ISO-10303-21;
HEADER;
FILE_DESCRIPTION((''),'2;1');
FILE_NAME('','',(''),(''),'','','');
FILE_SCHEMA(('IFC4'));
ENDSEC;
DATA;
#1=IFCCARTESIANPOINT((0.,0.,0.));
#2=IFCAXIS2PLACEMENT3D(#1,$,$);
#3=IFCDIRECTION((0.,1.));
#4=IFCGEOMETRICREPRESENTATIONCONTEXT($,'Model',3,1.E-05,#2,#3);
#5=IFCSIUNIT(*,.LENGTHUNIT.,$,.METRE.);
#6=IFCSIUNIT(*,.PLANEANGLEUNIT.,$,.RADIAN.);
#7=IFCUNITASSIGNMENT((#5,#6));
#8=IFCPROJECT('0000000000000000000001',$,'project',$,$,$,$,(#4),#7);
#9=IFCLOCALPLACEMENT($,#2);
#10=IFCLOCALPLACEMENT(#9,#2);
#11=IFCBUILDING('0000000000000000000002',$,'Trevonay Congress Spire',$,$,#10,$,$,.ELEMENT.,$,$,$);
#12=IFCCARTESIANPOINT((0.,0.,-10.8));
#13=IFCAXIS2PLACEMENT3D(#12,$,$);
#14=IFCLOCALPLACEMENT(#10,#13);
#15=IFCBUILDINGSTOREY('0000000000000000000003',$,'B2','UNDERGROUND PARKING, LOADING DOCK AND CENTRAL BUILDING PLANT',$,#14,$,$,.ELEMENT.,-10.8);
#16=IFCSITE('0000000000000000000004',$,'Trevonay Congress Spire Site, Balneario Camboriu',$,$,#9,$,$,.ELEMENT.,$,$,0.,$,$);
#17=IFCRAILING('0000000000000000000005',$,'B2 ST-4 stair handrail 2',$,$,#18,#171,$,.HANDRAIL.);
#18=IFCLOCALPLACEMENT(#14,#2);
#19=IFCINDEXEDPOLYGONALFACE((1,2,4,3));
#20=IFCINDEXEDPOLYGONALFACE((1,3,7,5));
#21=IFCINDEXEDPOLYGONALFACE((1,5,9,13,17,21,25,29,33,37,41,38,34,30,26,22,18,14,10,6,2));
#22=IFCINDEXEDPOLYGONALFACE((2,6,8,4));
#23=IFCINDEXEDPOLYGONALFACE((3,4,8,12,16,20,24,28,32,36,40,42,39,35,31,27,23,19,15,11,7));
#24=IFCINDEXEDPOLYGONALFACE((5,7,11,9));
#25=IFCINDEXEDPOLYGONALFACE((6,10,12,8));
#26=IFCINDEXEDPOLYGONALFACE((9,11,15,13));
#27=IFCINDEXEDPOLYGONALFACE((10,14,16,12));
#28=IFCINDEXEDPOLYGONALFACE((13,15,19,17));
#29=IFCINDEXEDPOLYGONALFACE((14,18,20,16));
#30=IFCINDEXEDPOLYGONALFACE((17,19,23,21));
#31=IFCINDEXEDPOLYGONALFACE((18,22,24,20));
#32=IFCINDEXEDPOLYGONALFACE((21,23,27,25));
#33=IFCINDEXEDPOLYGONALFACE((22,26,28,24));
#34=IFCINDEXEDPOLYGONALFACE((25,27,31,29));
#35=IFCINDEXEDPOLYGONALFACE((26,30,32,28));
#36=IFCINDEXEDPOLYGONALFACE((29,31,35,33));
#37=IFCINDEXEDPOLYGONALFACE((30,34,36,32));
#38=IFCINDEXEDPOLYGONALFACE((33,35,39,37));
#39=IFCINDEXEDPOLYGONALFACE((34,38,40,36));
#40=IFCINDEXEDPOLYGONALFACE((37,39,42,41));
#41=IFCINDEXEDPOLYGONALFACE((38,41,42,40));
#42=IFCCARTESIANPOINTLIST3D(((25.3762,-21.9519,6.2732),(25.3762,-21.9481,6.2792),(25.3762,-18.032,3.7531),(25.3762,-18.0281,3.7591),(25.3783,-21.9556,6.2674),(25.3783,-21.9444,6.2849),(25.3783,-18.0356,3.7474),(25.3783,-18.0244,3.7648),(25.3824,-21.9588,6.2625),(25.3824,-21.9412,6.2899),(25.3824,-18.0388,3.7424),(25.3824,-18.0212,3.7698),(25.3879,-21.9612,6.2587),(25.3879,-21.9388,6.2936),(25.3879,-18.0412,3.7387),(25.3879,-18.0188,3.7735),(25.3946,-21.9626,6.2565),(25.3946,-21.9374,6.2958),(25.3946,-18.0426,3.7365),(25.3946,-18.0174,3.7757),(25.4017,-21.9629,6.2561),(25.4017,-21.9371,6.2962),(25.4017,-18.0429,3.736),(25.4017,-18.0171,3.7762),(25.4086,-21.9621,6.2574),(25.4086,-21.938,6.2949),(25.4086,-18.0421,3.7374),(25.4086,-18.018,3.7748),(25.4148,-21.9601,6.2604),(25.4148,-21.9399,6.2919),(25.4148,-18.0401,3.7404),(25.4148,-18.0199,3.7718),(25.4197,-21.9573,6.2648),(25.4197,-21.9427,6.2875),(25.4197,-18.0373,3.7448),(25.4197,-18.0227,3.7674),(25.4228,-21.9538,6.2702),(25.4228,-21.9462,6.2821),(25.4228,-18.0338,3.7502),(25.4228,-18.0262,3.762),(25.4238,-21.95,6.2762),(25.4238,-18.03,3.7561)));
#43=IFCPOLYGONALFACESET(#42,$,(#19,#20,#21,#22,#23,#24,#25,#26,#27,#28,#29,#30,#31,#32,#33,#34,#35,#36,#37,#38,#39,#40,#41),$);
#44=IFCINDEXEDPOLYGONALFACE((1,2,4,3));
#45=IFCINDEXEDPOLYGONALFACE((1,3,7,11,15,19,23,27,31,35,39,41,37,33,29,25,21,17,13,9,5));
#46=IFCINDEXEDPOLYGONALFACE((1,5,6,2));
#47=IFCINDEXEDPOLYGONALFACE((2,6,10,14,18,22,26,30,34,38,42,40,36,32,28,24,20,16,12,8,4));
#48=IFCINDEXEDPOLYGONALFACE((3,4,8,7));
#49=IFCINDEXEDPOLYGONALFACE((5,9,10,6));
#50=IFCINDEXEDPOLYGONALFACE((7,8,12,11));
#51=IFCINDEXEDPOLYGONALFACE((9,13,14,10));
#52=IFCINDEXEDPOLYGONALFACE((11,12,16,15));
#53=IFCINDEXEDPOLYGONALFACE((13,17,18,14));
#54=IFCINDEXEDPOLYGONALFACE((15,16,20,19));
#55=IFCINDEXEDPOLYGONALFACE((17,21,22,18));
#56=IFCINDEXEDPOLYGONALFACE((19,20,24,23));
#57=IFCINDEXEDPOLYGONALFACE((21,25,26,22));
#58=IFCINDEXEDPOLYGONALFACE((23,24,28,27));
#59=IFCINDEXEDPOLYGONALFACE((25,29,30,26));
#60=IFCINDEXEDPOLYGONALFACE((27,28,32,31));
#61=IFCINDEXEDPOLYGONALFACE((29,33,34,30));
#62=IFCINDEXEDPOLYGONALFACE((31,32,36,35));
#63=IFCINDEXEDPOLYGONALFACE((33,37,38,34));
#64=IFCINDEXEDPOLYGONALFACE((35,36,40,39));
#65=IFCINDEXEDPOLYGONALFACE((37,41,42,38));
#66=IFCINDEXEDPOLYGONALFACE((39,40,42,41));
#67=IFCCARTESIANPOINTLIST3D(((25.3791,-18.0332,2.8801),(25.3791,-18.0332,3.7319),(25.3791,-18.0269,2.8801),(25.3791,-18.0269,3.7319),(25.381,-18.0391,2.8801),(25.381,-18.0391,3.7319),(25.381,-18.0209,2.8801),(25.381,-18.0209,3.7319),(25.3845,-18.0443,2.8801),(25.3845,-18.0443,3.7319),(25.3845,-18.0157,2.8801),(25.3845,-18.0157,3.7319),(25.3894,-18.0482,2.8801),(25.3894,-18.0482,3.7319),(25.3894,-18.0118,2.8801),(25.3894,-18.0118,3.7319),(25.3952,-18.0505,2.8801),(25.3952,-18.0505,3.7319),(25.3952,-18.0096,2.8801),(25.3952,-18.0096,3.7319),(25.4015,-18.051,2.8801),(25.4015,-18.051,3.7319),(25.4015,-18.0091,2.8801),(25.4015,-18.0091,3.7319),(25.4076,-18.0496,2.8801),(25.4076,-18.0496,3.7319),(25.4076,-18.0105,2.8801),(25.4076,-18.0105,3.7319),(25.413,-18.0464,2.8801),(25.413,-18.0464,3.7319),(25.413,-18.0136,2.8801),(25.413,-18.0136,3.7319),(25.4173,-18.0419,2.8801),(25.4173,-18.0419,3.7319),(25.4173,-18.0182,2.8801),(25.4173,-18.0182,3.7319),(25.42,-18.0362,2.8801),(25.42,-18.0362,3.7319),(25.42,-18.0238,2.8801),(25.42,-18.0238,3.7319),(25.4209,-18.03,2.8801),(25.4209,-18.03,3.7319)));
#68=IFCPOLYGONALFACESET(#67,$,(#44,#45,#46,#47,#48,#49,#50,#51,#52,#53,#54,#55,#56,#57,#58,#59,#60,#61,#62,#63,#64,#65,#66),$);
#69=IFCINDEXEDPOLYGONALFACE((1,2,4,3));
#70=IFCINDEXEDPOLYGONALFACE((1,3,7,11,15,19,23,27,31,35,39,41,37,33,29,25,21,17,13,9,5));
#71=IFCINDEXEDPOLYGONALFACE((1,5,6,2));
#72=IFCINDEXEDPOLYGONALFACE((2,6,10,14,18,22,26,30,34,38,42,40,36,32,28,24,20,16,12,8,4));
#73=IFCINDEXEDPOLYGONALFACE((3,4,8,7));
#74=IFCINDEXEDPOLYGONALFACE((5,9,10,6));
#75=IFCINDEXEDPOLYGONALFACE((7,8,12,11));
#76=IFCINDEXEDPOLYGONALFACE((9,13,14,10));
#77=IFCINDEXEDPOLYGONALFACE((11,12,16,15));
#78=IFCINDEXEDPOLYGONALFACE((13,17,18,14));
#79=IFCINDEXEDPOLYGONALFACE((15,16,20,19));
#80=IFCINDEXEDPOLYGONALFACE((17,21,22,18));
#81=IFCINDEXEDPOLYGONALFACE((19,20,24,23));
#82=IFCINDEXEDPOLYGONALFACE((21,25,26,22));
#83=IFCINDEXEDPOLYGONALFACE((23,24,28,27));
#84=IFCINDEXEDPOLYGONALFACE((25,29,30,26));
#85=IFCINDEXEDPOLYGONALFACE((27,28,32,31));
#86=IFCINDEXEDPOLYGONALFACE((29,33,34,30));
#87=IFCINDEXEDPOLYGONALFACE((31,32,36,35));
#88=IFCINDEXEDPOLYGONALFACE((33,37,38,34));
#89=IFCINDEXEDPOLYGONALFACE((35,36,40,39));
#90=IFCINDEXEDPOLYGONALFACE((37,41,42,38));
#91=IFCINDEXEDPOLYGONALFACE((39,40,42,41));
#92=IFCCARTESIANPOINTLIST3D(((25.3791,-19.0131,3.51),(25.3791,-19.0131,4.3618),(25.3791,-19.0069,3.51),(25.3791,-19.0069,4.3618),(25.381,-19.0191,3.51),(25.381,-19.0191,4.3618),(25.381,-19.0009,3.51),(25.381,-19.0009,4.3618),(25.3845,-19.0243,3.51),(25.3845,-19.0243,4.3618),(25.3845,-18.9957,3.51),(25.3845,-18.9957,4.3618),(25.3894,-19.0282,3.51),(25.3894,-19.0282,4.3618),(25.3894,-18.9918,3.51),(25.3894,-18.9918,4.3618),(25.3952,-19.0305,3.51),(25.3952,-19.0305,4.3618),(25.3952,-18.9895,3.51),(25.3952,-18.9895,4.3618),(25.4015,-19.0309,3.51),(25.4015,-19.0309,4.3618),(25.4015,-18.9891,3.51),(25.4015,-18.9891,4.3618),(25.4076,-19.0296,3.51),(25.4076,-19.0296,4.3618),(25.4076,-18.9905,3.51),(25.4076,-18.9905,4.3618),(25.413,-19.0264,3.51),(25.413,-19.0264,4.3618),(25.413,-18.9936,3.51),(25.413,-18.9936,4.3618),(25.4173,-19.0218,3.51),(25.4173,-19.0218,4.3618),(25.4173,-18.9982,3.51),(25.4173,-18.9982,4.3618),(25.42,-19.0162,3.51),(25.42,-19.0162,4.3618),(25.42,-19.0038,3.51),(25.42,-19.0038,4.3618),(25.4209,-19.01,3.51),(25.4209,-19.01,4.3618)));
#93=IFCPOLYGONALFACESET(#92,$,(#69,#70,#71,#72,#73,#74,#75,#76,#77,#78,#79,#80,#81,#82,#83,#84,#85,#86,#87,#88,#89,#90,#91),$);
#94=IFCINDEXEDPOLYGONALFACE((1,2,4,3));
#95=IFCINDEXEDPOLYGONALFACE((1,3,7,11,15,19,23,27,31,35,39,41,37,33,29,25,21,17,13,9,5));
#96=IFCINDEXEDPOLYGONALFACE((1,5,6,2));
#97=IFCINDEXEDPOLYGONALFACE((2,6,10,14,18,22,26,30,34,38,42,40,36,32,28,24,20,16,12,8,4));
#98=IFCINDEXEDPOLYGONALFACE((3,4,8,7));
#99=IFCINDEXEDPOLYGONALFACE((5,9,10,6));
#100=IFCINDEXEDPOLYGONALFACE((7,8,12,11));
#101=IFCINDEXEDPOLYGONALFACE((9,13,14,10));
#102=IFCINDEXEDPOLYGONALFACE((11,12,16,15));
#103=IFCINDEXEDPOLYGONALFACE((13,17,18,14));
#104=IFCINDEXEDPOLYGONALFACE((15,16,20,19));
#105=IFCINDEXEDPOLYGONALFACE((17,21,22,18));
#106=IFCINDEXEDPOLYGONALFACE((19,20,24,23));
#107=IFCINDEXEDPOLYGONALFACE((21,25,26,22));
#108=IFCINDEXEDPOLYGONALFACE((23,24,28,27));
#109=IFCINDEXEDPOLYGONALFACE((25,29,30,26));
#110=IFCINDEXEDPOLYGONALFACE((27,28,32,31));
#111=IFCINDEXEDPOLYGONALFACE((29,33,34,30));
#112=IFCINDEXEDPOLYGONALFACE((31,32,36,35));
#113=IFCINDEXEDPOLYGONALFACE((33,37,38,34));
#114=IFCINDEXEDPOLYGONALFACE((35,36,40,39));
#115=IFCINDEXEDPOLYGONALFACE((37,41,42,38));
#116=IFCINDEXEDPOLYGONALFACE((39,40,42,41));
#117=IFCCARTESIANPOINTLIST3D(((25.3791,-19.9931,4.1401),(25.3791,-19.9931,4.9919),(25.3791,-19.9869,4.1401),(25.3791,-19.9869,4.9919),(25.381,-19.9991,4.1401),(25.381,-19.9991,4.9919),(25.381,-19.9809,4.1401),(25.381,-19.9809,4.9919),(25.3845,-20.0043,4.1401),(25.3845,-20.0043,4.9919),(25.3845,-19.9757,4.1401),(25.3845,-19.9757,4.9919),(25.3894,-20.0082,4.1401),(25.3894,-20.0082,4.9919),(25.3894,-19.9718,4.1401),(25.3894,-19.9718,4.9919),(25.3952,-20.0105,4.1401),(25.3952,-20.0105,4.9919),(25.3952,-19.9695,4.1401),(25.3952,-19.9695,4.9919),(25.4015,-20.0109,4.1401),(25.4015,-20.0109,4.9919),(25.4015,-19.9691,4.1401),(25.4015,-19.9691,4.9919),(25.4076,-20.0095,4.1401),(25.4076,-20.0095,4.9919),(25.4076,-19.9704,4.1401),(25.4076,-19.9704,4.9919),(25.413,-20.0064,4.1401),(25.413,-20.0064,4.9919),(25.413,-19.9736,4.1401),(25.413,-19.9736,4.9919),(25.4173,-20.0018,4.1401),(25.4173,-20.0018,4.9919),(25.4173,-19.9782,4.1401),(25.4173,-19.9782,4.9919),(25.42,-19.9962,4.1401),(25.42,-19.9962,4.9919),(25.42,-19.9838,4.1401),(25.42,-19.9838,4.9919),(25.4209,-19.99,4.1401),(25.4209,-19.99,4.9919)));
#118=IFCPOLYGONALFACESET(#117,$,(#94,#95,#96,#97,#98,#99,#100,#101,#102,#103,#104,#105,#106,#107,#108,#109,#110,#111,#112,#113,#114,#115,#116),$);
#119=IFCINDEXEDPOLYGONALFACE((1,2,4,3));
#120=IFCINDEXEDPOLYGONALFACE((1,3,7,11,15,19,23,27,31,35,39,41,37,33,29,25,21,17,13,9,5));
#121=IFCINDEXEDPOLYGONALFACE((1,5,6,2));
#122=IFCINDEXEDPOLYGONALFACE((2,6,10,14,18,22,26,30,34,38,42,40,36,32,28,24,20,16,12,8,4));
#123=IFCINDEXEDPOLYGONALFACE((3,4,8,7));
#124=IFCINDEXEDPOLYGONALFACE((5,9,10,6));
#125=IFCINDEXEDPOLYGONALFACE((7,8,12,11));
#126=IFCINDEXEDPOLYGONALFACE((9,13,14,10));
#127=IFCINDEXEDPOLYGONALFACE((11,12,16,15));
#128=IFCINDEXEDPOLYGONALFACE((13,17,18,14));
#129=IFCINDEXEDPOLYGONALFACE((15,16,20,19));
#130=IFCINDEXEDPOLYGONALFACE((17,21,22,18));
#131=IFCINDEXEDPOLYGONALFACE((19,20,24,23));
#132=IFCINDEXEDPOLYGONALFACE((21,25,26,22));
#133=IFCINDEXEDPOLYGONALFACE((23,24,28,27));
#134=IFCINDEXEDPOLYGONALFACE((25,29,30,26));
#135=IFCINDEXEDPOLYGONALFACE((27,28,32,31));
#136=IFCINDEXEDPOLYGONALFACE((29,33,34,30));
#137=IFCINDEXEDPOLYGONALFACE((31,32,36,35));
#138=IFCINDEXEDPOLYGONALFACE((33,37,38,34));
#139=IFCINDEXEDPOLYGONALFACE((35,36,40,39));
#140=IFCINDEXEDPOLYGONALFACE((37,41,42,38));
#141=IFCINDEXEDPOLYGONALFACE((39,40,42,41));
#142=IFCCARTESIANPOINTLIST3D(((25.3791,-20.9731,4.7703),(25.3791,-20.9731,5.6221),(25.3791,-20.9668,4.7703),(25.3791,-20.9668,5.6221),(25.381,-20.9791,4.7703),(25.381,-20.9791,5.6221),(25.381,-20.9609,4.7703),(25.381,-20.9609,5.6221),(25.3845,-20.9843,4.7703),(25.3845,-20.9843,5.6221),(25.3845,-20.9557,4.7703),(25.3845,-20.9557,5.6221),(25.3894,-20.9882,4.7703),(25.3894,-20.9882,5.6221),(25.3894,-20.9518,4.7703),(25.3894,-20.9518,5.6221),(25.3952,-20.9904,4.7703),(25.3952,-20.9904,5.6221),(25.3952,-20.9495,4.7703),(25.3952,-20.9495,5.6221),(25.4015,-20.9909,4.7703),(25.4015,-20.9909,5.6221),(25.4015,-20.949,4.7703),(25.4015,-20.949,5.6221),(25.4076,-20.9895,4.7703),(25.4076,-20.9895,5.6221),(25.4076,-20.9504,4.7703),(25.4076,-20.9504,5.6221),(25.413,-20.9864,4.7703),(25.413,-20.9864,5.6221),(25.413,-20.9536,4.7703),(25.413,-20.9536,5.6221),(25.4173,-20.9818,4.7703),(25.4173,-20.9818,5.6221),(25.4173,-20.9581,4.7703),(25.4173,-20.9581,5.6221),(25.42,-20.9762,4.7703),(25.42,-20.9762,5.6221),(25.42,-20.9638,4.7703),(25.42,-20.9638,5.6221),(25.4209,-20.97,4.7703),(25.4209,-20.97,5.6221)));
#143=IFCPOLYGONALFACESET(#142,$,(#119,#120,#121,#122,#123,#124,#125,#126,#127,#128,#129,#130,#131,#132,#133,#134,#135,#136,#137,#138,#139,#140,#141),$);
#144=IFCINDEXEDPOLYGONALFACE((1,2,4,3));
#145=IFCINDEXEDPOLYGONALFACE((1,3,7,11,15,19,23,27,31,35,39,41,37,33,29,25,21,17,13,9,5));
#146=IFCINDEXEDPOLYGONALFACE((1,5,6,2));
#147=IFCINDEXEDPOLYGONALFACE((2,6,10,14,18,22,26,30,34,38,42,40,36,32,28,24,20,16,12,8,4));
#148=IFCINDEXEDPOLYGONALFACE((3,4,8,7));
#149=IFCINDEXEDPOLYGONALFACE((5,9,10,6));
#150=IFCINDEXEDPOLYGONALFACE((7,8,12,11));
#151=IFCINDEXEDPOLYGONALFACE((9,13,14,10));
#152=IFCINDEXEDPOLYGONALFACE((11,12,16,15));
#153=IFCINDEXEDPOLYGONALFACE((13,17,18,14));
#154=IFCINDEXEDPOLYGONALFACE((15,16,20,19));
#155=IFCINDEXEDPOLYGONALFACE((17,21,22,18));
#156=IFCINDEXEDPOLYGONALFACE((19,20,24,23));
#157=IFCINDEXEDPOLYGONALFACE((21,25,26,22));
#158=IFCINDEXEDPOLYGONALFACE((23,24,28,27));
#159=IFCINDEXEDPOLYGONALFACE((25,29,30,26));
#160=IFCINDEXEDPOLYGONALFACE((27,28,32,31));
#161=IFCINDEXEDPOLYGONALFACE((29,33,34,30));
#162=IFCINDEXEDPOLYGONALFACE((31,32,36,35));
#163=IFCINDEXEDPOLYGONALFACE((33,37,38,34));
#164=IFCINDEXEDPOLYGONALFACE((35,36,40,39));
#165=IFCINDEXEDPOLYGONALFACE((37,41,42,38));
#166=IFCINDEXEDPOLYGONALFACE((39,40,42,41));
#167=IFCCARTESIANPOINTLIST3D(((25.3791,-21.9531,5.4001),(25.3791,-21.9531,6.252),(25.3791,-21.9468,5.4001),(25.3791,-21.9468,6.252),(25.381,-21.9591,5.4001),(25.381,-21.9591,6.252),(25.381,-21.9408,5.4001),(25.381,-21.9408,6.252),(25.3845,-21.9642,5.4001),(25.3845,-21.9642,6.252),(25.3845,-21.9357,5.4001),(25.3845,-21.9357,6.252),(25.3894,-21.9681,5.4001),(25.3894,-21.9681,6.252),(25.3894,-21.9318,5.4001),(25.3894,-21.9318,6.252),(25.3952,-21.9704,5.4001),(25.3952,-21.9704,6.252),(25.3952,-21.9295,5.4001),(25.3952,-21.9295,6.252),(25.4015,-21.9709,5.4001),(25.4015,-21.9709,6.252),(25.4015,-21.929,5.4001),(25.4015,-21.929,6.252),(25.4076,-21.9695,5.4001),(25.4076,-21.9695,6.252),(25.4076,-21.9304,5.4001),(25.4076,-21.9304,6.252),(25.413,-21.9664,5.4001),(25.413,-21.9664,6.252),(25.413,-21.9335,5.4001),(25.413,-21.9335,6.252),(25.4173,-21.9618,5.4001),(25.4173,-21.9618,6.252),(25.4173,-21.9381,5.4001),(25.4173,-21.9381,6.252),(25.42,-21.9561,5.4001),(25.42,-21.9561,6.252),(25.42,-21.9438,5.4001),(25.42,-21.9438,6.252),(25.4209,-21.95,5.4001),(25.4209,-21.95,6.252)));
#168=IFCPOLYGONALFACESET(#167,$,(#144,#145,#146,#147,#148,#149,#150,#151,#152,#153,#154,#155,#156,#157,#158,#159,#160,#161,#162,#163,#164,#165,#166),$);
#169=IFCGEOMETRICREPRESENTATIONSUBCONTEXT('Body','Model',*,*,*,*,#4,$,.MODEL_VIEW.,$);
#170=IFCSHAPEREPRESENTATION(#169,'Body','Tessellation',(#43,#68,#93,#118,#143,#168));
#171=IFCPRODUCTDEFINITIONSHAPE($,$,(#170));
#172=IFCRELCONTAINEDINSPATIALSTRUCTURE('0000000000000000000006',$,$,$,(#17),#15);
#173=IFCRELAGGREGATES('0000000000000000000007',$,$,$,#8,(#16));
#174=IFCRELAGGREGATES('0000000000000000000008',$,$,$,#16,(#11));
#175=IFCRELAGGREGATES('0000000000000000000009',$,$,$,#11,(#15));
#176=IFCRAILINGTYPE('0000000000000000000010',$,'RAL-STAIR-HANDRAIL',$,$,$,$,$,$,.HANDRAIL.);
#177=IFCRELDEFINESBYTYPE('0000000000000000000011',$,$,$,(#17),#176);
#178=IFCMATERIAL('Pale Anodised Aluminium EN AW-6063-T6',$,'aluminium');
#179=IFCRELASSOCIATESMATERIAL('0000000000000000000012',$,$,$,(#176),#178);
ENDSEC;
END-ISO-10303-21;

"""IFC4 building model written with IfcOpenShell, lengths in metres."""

from ifc_helpers import new_model, si_unit, direction, frame, origin, origin_2d, place, context, subcontext, project, spatial, circle, extrude, material, type_object, element, save


model = new_model("IFC4")

# Units and contexts
model_context = context("Model", 3, precision=1e-05, world=origin(), true_north=direction((0.0, 1.0)))
body_context = subcontext(model_context, "Body", "Model", "MODEL_VIEW")
ifc_project = project(units=[si_unit("LENGTHUNIT", "METRE"), si_unit("PLANEANGLEUNIT", "RADIAN")], contexts=[model_context])

# Site, building, storey
site_placement = place(None, origin())
site = spatial("IfcSite", under=ifc_project, at=site_placement, Name="Trevonay Congress Spire Site, Balneario Camboriu", CompositionType="ELEMENT", RefElevation=0.0)
building_placement = place(site_placement, origin())
building = spatial("IfcBuilding", under=site, at=building_placement, Name="Trevonay Congress Spire", CompositionType="ELEMENT")
storey_placement = place(building_placement, frame((0.0, 0.0, -10.8)))
storey = spatial("IfcBuildingStorey", under=building, at=storey_placement, Name="B2", Description="UNDERGROUND PARKING, LOADING DOCK AND CENTRAL BUILDING PLANT", CompositionType="ELEMENT", Elevation=-10.8)

# Railing
ifc_material_1 = material(Name="Pale Anodised Aluminium EN AW-6063-T6", Category="aluminium")
railing_type_1 = type_object("IfcRailingType", Name="RAL-STAIR-HANDRAIL", PredefinedType="HANDRAIL", material=ifc_material_1)
railing_1_placement = place(storey_placement, frame((25.3999, -18.03, 2.8801)))
element("IfcRailing", 1, at=railing_1_placement, inside=storey, type_object=railing_type_1, Name="B2 ST-4 stair handrail 2", PredefinedType="HANDRAIL", context=body_context, shape_type="SweptSolid", body=[
    extrude(circle(Radius=0.0239, at=origin_2d()), frame((0.0, 0.0, 0.876), z_axis=(0.0, -0.841172, 0.540768), x_axis=(1.0, 0.0, 0.0)), (0.0, 0.0, 1.0), 4.6602),
    extrude(circle(Radius=0.021, at=origin_2d()), origin(), (0.0, 0.0, 1.0), 0.8518),
    extrude(circle(Radius=0.021, at=origin_2d()), frame((0.0, -0.98, 0.6299)), (0.0, 0.0, 1.0), 0.8518),
    extrude(circle(Radius=0.021, at=origin_2d()), frame((0.0, -1.96, 1.26)), (0.0, 0.0, 1.0), 0.8518),
    extrude(circle(Radius=0.021, at=origin_2d()), frame((0.0, -2.9399, 1.8901)), (0.0, 0.0, 1.0), 0.8518),
    extrude(circle(Radius=0.021, at=origin_2d()), frame((0.0, -3.9199, 2.52)), (0.0, 0.0, 1.0), 0.8518),
])

save(model, "model.ifc")
